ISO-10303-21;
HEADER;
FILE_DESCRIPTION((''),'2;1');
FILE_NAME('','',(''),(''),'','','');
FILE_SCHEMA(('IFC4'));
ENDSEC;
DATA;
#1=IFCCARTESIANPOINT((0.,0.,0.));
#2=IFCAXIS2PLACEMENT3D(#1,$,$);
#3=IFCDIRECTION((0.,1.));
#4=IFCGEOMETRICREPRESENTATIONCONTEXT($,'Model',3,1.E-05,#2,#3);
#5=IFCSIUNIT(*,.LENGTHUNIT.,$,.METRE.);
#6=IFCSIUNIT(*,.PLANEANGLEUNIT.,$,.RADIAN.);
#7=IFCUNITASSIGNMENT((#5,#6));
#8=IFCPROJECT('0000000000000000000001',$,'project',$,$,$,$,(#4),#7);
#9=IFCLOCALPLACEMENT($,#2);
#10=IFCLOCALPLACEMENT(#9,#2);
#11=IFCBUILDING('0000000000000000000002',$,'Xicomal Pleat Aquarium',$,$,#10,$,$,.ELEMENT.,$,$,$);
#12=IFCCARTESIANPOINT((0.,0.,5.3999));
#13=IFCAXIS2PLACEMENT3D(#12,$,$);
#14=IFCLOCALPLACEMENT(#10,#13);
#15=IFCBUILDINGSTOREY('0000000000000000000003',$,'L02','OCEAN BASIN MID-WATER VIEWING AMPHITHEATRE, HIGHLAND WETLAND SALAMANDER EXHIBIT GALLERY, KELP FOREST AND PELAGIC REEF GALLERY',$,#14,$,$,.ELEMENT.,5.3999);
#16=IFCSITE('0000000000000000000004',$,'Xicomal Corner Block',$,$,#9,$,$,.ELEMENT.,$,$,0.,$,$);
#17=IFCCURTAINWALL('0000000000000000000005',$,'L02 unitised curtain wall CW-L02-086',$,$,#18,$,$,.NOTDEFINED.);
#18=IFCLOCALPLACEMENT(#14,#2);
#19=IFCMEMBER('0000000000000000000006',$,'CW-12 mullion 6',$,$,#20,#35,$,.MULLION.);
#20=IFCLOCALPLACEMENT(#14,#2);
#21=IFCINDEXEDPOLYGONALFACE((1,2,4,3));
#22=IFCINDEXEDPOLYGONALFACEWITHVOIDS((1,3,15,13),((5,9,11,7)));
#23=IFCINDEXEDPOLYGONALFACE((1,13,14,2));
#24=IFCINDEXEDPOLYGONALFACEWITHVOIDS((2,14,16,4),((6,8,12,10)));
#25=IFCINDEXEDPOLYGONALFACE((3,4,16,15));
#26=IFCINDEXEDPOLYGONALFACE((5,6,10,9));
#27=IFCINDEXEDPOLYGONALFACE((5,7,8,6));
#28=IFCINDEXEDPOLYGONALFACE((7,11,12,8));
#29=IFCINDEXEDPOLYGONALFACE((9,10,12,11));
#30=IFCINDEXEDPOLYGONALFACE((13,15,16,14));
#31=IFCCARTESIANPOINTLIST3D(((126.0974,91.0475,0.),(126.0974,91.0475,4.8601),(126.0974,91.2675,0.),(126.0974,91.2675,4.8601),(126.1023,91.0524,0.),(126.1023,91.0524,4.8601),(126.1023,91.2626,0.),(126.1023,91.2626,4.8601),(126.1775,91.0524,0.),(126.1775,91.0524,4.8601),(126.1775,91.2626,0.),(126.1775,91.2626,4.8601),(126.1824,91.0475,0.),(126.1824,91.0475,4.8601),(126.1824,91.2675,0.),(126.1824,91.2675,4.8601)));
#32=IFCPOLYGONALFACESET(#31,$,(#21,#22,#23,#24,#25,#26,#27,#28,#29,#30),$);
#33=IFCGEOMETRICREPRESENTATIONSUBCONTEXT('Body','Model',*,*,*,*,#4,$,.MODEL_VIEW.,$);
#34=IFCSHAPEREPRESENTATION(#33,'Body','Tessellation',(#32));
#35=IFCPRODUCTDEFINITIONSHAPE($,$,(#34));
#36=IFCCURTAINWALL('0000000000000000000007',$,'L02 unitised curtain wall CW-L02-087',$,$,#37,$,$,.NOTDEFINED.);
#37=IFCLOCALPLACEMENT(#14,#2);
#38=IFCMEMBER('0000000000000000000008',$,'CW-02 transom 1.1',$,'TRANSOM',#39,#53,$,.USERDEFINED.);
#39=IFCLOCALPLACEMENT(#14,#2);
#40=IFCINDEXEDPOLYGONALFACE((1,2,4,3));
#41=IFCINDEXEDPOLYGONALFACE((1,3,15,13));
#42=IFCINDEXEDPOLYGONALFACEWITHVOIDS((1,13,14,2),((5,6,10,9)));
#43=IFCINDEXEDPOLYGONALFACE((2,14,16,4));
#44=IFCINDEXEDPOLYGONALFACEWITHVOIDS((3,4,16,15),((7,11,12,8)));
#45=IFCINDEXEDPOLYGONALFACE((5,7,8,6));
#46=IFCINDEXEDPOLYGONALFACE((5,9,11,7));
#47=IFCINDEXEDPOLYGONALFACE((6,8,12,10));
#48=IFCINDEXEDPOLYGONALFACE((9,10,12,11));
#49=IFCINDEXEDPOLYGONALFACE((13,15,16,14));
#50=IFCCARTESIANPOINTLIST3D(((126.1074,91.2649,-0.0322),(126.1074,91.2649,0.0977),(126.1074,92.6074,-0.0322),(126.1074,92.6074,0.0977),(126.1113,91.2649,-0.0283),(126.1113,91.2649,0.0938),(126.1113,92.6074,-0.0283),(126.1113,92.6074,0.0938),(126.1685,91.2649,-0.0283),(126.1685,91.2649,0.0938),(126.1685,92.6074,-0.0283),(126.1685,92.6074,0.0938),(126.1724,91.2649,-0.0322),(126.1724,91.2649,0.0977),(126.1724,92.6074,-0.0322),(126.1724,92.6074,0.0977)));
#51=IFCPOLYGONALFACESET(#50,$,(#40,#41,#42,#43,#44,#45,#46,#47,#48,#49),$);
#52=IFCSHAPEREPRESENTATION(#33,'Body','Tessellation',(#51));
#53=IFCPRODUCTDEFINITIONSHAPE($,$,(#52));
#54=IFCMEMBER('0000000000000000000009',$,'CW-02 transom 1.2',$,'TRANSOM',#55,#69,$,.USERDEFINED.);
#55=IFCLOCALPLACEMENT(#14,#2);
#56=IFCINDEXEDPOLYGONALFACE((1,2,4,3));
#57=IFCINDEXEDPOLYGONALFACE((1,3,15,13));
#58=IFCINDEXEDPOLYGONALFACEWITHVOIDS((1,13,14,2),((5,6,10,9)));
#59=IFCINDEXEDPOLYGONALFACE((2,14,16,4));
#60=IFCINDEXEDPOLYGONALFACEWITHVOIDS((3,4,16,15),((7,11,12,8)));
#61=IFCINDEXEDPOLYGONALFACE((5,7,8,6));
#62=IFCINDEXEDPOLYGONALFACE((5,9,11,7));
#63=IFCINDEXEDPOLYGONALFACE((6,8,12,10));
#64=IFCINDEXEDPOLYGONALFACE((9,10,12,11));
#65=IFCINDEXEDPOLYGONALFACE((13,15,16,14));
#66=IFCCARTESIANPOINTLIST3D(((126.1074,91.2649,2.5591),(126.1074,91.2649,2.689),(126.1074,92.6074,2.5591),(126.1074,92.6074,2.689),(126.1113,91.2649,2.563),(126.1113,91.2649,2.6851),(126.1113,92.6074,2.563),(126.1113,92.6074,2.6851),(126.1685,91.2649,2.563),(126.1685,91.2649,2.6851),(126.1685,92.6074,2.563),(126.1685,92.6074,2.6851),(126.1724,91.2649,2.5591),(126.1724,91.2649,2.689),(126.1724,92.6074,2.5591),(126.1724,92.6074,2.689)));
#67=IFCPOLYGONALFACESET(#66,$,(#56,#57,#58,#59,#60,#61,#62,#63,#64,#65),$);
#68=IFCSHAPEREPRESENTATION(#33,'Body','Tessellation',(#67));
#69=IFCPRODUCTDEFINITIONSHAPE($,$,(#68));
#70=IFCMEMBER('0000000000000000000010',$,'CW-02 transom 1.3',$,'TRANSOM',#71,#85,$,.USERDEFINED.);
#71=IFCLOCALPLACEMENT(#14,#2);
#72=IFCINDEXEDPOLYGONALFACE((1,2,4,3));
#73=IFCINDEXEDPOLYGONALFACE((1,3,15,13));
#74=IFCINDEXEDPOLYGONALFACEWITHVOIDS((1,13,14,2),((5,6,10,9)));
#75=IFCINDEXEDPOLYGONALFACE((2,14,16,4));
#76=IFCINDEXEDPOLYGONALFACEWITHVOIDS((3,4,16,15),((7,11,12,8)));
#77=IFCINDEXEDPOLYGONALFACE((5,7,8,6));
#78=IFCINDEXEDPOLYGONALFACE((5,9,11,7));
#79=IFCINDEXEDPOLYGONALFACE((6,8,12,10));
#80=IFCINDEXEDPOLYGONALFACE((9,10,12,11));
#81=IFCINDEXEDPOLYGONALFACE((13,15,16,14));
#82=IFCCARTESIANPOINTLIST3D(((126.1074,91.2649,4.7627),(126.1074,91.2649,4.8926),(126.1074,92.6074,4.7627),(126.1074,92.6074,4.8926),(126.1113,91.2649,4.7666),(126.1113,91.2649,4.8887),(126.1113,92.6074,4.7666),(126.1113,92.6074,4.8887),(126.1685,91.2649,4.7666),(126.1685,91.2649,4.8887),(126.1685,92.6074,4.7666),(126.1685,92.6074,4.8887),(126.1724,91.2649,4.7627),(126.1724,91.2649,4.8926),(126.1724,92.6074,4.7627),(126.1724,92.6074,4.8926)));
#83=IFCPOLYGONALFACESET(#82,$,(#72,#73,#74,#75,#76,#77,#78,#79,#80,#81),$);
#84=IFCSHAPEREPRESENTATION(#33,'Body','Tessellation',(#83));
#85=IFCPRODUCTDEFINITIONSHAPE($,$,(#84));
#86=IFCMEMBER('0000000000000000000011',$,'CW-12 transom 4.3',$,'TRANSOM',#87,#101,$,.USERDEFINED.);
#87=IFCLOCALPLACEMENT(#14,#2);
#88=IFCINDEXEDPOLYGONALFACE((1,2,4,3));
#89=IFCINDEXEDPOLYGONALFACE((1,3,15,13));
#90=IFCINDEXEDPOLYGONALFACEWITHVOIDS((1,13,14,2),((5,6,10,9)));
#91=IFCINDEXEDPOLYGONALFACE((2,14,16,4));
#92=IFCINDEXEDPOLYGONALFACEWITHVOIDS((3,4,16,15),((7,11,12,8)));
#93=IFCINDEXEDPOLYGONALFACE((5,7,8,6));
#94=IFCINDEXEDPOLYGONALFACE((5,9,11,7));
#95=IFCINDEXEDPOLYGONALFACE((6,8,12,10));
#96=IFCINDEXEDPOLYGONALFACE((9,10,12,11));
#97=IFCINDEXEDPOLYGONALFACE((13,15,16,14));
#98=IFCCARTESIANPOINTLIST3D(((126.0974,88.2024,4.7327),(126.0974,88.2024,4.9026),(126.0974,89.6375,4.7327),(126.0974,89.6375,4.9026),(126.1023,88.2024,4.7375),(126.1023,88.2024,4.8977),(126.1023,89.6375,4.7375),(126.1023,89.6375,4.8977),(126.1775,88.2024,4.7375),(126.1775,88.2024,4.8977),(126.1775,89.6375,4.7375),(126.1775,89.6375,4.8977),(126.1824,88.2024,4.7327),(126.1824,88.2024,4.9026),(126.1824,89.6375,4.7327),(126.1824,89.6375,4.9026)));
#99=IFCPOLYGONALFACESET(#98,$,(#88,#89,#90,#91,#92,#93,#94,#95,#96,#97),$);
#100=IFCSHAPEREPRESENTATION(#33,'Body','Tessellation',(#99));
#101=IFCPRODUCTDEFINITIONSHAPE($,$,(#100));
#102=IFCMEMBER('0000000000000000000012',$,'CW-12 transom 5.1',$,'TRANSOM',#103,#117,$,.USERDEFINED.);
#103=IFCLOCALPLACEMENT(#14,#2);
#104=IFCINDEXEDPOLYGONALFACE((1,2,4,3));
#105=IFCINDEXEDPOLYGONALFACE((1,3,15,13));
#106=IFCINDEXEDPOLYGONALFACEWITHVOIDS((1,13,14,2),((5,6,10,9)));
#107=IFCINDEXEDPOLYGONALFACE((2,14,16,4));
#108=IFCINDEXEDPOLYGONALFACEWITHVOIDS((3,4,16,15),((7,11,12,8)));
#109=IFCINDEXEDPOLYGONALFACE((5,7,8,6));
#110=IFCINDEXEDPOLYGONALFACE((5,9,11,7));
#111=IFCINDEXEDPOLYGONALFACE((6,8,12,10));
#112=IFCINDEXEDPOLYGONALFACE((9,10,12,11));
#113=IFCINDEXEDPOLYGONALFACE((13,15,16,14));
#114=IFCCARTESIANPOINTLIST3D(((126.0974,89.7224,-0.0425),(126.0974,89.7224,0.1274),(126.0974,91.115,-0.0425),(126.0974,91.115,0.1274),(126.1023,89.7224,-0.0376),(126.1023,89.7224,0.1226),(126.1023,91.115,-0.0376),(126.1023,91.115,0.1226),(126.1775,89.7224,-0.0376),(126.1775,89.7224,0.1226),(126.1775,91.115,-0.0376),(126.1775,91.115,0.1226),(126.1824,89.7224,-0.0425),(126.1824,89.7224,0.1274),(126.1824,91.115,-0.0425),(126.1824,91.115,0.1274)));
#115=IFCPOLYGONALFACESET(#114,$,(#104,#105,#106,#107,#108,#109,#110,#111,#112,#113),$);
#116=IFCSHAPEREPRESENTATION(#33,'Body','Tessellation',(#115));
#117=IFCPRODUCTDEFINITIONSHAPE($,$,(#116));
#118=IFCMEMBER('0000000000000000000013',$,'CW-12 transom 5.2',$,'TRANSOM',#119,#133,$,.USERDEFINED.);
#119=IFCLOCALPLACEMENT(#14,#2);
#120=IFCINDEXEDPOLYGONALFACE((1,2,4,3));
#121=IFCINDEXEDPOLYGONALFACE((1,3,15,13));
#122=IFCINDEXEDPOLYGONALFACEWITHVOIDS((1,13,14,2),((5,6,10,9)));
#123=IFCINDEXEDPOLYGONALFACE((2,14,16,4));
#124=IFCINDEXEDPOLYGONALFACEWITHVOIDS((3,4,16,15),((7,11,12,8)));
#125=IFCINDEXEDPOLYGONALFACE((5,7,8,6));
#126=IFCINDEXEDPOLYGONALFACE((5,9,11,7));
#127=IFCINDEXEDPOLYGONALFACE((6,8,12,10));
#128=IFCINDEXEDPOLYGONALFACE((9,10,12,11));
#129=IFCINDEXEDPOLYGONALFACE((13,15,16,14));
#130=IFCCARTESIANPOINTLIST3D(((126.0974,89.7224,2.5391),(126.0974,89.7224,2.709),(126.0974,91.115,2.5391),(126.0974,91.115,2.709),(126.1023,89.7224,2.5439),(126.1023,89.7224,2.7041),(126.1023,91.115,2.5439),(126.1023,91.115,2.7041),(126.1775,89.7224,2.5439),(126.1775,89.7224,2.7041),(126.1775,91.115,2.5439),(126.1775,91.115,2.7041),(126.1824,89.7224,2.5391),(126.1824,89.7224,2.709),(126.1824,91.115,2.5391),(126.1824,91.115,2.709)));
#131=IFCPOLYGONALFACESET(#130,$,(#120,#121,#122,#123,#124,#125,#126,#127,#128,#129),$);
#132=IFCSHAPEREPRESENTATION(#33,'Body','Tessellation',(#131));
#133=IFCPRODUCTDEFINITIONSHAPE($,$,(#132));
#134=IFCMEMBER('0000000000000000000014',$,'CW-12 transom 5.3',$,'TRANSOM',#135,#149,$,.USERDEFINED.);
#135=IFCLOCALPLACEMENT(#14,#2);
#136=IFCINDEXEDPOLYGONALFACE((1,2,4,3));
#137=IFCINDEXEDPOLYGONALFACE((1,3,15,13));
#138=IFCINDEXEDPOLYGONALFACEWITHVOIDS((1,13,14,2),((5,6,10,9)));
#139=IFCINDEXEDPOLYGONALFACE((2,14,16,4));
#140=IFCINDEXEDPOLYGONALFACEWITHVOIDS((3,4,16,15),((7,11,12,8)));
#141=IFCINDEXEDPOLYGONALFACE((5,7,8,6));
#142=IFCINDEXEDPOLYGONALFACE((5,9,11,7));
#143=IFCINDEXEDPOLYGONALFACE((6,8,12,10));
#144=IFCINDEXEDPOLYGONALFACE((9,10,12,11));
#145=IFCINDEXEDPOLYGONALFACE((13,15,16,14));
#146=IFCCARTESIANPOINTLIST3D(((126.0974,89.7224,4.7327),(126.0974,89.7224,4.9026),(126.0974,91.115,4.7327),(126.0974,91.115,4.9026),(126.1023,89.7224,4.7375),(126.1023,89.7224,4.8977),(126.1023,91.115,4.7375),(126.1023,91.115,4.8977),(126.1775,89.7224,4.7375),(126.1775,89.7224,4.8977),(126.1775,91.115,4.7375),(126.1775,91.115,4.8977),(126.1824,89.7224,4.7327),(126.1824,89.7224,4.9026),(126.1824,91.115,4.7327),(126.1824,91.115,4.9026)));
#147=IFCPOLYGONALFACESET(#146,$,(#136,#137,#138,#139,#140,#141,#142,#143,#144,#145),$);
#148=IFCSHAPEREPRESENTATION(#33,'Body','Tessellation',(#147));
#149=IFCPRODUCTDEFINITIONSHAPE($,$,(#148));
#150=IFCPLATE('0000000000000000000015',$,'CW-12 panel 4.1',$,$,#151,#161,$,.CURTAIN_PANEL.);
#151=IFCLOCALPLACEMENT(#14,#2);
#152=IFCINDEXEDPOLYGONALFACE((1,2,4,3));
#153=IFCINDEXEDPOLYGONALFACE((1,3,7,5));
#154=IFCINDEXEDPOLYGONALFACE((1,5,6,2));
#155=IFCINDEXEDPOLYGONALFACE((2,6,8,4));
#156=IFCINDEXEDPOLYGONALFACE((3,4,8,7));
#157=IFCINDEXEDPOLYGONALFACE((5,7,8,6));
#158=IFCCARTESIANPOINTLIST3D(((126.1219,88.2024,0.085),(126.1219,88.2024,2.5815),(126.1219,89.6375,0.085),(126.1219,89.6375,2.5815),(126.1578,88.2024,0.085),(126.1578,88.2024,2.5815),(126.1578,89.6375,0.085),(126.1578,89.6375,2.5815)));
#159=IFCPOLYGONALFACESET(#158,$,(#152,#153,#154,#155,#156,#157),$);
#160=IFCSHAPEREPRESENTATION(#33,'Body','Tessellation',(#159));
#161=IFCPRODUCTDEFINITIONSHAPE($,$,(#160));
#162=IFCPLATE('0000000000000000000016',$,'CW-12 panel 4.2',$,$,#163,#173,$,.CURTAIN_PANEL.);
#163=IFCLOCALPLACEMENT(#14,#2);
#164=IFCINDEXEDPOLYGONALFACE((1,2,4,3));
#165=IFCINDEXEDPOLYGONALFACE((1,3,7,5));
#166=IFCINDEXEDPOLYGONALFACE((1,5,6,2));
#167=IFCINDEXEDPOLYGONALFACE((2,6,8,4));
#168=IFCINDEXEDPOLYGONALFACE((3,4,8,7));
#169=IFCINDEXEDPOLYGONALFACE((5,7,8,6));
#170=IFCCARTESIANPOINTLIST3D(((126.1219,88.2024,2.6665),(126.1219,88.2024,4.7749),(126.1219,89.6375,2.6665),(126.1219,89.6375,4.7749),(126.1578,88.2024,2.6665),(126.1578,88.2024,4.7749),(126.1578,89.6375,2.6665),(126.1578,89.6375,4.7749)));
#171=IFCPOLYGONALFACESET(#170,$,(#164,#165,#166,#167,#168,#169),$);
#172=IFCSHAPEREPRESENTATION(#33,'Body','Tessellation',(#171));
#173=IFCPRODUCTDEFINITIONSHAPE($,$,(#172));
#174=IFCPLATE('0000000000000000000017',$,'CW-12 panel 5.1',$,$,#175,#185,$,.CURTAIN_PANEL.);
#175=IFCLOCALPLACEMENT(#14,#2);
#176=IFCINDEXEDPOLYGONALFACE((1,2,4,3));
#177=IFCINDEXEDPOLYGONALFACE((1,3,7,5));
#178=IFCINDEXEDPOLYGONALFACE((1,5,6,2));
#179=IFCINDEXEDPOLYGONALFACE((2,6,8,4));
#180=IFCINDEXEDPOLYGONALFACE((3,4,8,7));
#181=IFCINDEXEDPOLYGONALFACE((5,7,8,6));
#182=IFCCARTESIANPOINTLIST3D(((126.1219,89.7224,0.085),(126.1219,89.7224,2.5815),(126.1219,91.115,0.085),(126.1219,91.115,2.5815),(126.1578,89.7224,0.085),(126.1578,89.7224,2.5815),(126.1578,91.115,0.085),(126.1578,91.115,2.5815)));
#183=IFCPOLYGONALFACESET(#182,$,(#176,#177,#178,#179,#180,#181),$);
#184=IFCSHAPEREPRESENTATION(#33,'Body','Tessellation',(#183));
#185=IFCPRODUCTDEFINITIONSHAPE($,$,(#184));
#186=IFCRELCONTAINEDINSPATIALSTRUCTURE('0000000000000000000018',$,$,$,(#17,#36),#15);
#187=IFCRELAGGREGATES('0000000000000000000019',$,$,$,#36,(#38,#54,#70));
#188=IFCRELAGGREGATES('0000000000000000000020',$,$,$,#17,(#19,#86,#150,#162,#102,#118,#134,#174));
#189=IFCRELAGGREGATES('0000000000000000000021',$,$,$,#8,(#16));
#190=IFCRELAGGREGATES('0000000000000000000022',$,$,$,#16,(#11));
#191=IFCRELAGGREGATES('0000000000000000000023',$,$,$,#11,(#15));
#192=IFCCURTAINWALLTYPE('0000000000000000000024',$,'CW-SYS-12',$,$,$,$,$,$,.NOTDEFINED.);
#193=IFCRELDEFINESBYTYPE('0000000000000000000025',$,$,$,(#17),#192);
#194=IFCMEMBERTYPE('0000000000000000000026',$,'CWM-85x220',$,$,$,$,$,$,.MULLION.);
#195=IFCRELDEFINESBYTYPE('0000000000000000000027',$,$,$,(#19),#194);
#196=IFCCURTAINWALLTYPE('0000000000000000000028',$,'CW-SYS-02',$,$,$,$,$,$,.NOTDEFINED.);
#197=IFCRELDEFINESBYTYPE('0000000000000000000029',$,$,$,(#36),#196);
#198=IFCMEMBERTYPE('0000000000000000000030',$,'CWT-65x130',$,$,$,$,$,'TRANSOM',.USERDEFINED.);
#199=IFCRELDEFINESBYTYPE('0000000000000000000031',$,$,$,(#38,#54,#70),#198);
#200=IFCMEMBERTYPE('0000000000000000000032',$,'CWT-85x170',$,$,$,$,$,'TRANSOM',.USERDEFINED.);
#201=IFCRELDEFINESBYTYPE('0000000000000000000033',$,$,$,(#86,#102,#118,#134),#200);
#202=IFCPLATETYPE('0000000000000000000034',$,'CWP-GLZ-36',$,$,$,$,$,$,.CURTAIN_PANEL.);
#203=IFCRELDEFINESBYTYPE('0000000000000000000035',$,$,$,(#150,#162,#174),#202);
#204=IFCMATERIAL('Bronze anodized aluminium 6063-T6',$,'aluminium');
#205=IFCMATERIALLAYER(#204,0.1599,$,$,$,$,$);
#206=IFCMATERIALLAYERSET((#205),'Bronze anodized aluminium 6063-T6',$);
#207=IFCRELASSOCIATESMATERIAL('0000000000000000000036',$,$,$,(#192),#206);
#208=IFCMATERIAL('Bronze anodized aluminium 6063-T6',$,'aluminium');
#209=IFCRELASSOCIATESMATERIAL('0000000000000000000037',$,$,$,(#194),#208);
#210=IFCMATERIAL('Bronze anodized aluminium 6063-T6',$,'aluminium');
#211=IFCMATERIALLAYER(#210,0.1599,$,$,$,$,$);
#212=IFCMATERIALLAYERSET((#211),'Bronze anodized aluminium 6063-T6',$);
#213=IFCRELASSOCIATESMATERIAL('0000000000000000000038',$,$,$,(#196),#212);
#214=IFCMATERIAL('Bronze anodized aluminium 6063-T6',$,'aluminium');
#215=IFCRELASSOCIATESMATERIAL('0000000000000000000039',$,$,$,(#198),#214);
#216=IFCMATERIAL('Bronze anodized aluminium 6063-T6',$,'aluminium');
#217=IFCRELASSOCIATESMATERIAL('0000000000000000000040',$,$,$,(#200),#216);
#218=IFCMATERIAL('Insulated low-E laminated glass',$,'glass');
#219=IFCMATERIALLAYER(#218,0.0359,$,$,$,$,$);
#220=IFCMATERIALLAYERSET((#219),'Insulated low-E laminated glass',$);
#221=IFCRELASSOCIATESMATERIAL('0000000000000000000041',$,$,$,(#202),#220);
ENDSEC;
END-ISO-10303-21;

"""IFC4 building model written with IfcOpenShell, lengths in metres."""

from ifc_helpers import new_model, si_unit, direction, frame, origin, origin_2d, place, context, subcontext, project, spatial, rectangle, hollow_rectangle, extrude, material, layer, layer_set, material_profile, profile_set, type_object, element, aggregate, save


model = new_model("IFC4")

# Units and contexts
model_context = context("Model", 3, precision=1e-05, world=origin(), true_north=direction((0.0, 1.0)))
body_context = subcontext(model_context, "Body", "Model", "MODEL_VIEW")
ifc_project = project(units=[si_unit("LENGTHUNIT", "METRE"), si_unit("PLANEANGLEUNIT", "RADIAN")], contexts=[model_context])

# Site, building, storey
site_placement = place(None, origin())
site = spatial("IfcSite", under=ifc_project, at=site_placement, Name="Xicomal Corner Block", CompositionType="ELEMENT", RefElevation=0.0)
building_placement = place(site_placement, origin())
building = spatial("IfcBuilding", under=site, at=building_placement, Name="Xicomal Pleat Aquarium", CompositionType="ELEMENT")
storey_placement = place(building_placement, frame((0.0, 0.0, 5.3999)))
storey = spatial("IfcBuildingStorey", under=building, at=storey_placement, Name="L02", Description="OCEAN BASIN MID-WATER VIEWING AMPHITHEATRE, HIGHLAND WETLAND SALAMANDER EXHIBIT GALLERY, KELP FOREST AND PELAGIC REEF GALLERY", CompositionType="ELEMENT", Elevation=5.3999)

# Curtain walls, members
ifc_material_1 = material(Name="Bronze anodized aluminium 6063-T6", Category="aluminium")
ifc_layer_1 = layer(ifc_material_1, 0.1599)
ifc_layer_set_1 = layer_set([ifc_layer_1], Name="Bronze anodized aluminium 6063-T6")
curtain_wall_type_1 = type_object("IfcCurtainWallType", Name="CW-SYS-12", PredefinedType="NOTDEFINED", material=ifc_layer_set_1)
curtain_wall_1_placement = place(storey_placement, origin())
curtain_wall_1 = element("IfcCurtainWall", 1, at=curtain_wall_1_placement, inside=storey, type_object=curtain_wall_type_1, Name="L02 unitised curtain wall CW-L02-086", PredefinedType="NOTDEFINED")
ifc_material_2 = material(Name="Bronze anodized aluminium 6063-T6", Category="aluminium")
ifc_material_profile_1 = material_profile(ifc_material_2, hollow_rectangle(XDim=0.085, YDim=0.22, WallThickness=0.0049, at=origin_2d()), Name="ALU MULL 85x220")
ifc_profile_set_1 = profile_set([ifc_material_profile_1], Name="Bronze anodized aluminium 6063-T6")
member_type_1 = type_object("IfcMemberType", Name="CWM-85x220", PredefinedType="MULLION", material=ifc_profile_set_1)
member_1_placement = place(storey_placement, frame((126.1399, 91.1575, 0.0), z_axis=(0.0, 0.0, 1.0), x_axis=(-1.0, 0.0, 0.0)))
member_1 = element("IfcMember", 2, at=member_1_placement, type_object=member_type_1, Name="CW-12 mullion 6", PredefinedType="MULLION", context=body_context, shape_type="SweptSolid", body=[
    extrude(hollow_rectangle(XDim=0.085, YDim=0.22, WallThickness=0.0049, at=origin_2d()), origin(), (0.0, 0.0, 1.0), 4.8601),
])
ifc_material_3 = material(Name="Bronze anodized aluminium 6063-T6", Category="aluminium")
ifc_layer_2 = layer(ifc_material_3, 0.1599)
ifc_layer_set_2 = layer_set([ifc_layer_2], Name="Bronze anodized aluminium 6063-T6")
curtain_wall_type_2 = type_object("IfcCurtainWallType", Name="CW-SYS-02", PredefinedType="NOTDEFINED", material=ifc_layer_set_2)
curtain_wall_2_placement = place(storey_placement, origin())
curtain_wall_2 = element("IfcCurtainWall", 3, at=curtain_wall_2_placement, inside=storey, type_object=curtain_wall_type_2, Name="L02 unitised curtain wall CW-L02-087", PredefinedType="NOTDEFINED")
ifc_material_4 = material(Name="Bronze anodized aluminium 6063-T6", Category="aluminium")
ifc_material_profile_2 = material_profile(ifc_material_4, hollow_rectangle(XDim=0.0649, YDim=0.1299, WallThickness=0.0039, at=origin_2d()), Name="ALU TRAN 65x130")
ifc_profile_set_2 = profile_set([ifc_material_profile_2], Name="Bronze anodized aluminium 6063-T6")
member_type_2 = type_object("IfcMemberType", Name="CWT-65x130", ElementType="TRANSOM", PredefinedType="USERDEFINED", material=ifc_profile_set_2)
member_2_placement = place(storey_placement, frame((126.1399, 91.2649, 0.0327), z_axis=(0.0, 1.0, 0.0), x_axis=(-1.0, 0.0, 0.0)))
member_2 = element("IfcMember", 4, at=member_2_placement, type_object=member_type_2, Name="CW-02 transom 1.1", ObjectType="TRANSOM", PredefinedType="USERDEFINED", context=body_context, shape_type="SweptSolid", body=[
    extrude(hollow_rectangle(XDim=0.0649, YDim=0.1299, WallThickness=0.0039, at=origin_2d()), origin(), (0.0, 0.0, 1.0), 1.3425),
])
member_3_placement = place(storey_placement, frame((126.1399, 91.2649, 2.624), z_axis=(0.0, 1.0, 0.0), x_axis=(-1.0, 0.0, 0.0)))
member_3 = element("IfcMember", 5, at=member_3_placement, type_object=member_type_2, Name="CW-02 transom 1.2", ObjectType="TRANSOM", PredefinedType="USERDEFINED", context=body_context, shape_type="SweptSolid", body=[
    extrude(hollow_rectangle(XDim=0.0649, YDim=0.1299, WallThickness=0.0039, at=origin_2d()), origin(), (0.0, 0.0, 1.0), 1.3425),
])
member_4_placement = place(storey_placement, frame((126.1399, 91.2649, 4.8276), z_axis=(0.0, 1.0, 0.0), x_axis=(-1.0, 0.0, 0.0)))
member_4 = element("IfcMember", 6, at=member_4_placement, type_object=member_type_2, Name="CW-02 transom 1.3", ObjectType="TRANSOM", PredefinedType="USERDEFINED", context=body_context, shape_type="SweptSolid", body=[
    extrude(hollow_rectangle(XDim=0.0649, YDim=0.1299, WallThickness=0.0039, at=origin_2d()), origin(), (0.0, 0.0, 1.0), 1.3425),
])
aggregate(curtain_wall_2, [member_2, member_3, member_4])

# Members
ifc_material_5 = material(Name="Bronze anodized aluminium 6063-T6", Category="aluminium")
ifc_material_profile_3 = material_profile(ifc_material_5, hollow_rectangle(XDim=0.085, YDim=0.1699, WallThickness=0.0049, at=origin_2d()), Name="ALU TRAN 85x170")
ifc_profile_set_3 = profile_set([ifc_material_profile_3], Name="Bronze anodized aluminium 6063-T6")
member_type_3 = type_object("IfcMemberType", Name="CWT-85x170", ElementType="TRANSOM", PredefinedType="USERDEFINED", material=ifc_profile_set_3)
member_5_placement = place(storey_placement, frame((126.1399, 88.2024, 4.8176), z_axis=(0.0, 1.0, 0.0), x_axis=(-1.0, 0.0, 0.0)))
member_5 = element("IfcMember", 7, at=member_5_placement, type_object=member_type_3, Name="CW-12 transom 4.3", ObjectType="TRANSOM", PredefinedType="USERDEFINED", context=body_context, shape_type="SweptSolid", body=[
    extrude(hollow_rectangle(XDim=0.085, YDim=0.1699, WallThickness=0.0049, at=origin_2d()), origin(), (0.0, 0.0, 1.0), 1.4351),
])
member_6_placement = place(storey_placement, frame((126.1399, 89.7224, 0.0425), z_axis=(0.0, 1.0, 0.0), x_axis=(-1.0, 0.0, 0.0)))
member_6 = element("IfcMember", 8, at=member_6_placement, type_object=member_type_3, Name="CW-12 transom 5.1", ObjectType="TRANSOM", PredefinedType="USERDEFINED", context=body_context, shape_type="SweptSolid", body=[
    extrude(hollow_rectangle(XDim=0.085, YDim=0.1699, WallThickness=0.0049, at=origin_2d()), origin(), (0.0, 0.0, 1.0), 1.3926),
])
member_7_placement = place(storey_placement, frame((126.1399, 89.7224, 2.624), z_axis=(0.0, 1.0, 0.0), x_axis=(-1.0, 0.0, 0.0)))
member_7 = element("IfcMember", 9, at=member_7_placement, type_object=member_type_3, Name="CW-12 transom 5.2", ObjectType="TRANSOM", PredefinedType="USERDEFINED", context=body_context, shape_type="SweptSolid", body=[
    extrude(hollow_rectangle(XDim=0.085, YDim=0.1699, WallThickness=0.0049, at=origin_2d()), origin(), (0.0, 0.0, 1.0), 1.3926),
])
member_8_placement = place(storey_placement, frame((126.1399, 89.7224, 4.8176), z_axis=(0.0, 1.0, 0.0), x_axis=(-1.0, 0.0, 0.0)))
member_8 = element("IfcMember", 10, at=member_8_placement, type_object=member_type_3, Name="CW-12 transom 5.3", ObjectType="TRANSOM", PredefinedType="USERDEFINED", context=body_context, shape_type="SweptSolid", body=[
    extrude(hollow_rectangle(XDim=0.085, YDim=0.1699, WallThickness=0.0049, at=origin_2d()), origin(), (0.0, 0.0, 1.0), 1.3926),
])

# Plates
ifc_material_6 = material(Name="Insulated low-E laminated glass", Category="glass")
ifc_layer_3 = layer(ifc_material_6, 0.0359)
ifc_layer_set_3 = layer_set([ifc_layer_3], Name="Insulated low-E laminated glass")
plate_type = type_object("IfcPlateType", Name="CWP-GLZ-36", PredefinedType="CURTAIN_PANEL", material=ifc_layer_set_3)
plate_1_placement = place(storey_placement, frame((126.1399, 88.9199, 0.085), z_axis=(0.0, 0.0, 1.0), x_axis=(0.0, 1.0, 0.0)))
plate_1 = element("IfcPlate", 11, at=plate_1_placement, type_object=plate_type, Name="CW-12 panel 4.1", PredefinedType="CURTAIN_PANEL", context=body_context, shape_type="SweptSolid", body=[
    extrude(rectangle(XDim=1.4351, YDim=0.0359, at=origin_2d()), origin(), (0.0, 0.0, 1.0), 2.4966),
])
plate_2_placement = place(storey_placement, frame((126.1399, 88.9199, 2.6665), z_axis=(0.0, 0.0, 1.0), x_axis=(0.0, 1.0, 0.0)))
plate_2 = element("IfcPlate", 12, at=plate_2_placement, type_object=plate_type, Name="CW-12 panel 4.2", PredefinedType="CURTAIN_PANEL", context=body_context, shape_type="SweptSolid", body=[
    extrude(rectangle(XDim=1.4351, YDim=0.0359, at=origin_2d()), origin(), (0.0, 0.0, 1.0), 2.1084),
])
plate_3_placement = place(storey_placement, frame((126.1399, 90.4187, 0.085), z_axis=(0.0, 0.0, 1.0), x_axis=(0.0, 1.0, 0.0)))
plate_3 = element("IfcPlate", 13, at=plate_3_placement, type_object=plate_type, Name="CW-12 panel 5.1", PredefinedType="CURTAIN_PANEL", context=body_context, shape_type="SweptSolid", body=[
    extrude(rectangle(XDim=1.3926, YDim=0.0359, at=origin_2d()), origin(), (0.0, 0.0, 1.0), 2.4966),
])
aggregate(curtain_wall_1, [member_1, member_5, plate_1, plate_2, member_6, member_7, member_8, plate_3])

save(model, "model.ifc")
